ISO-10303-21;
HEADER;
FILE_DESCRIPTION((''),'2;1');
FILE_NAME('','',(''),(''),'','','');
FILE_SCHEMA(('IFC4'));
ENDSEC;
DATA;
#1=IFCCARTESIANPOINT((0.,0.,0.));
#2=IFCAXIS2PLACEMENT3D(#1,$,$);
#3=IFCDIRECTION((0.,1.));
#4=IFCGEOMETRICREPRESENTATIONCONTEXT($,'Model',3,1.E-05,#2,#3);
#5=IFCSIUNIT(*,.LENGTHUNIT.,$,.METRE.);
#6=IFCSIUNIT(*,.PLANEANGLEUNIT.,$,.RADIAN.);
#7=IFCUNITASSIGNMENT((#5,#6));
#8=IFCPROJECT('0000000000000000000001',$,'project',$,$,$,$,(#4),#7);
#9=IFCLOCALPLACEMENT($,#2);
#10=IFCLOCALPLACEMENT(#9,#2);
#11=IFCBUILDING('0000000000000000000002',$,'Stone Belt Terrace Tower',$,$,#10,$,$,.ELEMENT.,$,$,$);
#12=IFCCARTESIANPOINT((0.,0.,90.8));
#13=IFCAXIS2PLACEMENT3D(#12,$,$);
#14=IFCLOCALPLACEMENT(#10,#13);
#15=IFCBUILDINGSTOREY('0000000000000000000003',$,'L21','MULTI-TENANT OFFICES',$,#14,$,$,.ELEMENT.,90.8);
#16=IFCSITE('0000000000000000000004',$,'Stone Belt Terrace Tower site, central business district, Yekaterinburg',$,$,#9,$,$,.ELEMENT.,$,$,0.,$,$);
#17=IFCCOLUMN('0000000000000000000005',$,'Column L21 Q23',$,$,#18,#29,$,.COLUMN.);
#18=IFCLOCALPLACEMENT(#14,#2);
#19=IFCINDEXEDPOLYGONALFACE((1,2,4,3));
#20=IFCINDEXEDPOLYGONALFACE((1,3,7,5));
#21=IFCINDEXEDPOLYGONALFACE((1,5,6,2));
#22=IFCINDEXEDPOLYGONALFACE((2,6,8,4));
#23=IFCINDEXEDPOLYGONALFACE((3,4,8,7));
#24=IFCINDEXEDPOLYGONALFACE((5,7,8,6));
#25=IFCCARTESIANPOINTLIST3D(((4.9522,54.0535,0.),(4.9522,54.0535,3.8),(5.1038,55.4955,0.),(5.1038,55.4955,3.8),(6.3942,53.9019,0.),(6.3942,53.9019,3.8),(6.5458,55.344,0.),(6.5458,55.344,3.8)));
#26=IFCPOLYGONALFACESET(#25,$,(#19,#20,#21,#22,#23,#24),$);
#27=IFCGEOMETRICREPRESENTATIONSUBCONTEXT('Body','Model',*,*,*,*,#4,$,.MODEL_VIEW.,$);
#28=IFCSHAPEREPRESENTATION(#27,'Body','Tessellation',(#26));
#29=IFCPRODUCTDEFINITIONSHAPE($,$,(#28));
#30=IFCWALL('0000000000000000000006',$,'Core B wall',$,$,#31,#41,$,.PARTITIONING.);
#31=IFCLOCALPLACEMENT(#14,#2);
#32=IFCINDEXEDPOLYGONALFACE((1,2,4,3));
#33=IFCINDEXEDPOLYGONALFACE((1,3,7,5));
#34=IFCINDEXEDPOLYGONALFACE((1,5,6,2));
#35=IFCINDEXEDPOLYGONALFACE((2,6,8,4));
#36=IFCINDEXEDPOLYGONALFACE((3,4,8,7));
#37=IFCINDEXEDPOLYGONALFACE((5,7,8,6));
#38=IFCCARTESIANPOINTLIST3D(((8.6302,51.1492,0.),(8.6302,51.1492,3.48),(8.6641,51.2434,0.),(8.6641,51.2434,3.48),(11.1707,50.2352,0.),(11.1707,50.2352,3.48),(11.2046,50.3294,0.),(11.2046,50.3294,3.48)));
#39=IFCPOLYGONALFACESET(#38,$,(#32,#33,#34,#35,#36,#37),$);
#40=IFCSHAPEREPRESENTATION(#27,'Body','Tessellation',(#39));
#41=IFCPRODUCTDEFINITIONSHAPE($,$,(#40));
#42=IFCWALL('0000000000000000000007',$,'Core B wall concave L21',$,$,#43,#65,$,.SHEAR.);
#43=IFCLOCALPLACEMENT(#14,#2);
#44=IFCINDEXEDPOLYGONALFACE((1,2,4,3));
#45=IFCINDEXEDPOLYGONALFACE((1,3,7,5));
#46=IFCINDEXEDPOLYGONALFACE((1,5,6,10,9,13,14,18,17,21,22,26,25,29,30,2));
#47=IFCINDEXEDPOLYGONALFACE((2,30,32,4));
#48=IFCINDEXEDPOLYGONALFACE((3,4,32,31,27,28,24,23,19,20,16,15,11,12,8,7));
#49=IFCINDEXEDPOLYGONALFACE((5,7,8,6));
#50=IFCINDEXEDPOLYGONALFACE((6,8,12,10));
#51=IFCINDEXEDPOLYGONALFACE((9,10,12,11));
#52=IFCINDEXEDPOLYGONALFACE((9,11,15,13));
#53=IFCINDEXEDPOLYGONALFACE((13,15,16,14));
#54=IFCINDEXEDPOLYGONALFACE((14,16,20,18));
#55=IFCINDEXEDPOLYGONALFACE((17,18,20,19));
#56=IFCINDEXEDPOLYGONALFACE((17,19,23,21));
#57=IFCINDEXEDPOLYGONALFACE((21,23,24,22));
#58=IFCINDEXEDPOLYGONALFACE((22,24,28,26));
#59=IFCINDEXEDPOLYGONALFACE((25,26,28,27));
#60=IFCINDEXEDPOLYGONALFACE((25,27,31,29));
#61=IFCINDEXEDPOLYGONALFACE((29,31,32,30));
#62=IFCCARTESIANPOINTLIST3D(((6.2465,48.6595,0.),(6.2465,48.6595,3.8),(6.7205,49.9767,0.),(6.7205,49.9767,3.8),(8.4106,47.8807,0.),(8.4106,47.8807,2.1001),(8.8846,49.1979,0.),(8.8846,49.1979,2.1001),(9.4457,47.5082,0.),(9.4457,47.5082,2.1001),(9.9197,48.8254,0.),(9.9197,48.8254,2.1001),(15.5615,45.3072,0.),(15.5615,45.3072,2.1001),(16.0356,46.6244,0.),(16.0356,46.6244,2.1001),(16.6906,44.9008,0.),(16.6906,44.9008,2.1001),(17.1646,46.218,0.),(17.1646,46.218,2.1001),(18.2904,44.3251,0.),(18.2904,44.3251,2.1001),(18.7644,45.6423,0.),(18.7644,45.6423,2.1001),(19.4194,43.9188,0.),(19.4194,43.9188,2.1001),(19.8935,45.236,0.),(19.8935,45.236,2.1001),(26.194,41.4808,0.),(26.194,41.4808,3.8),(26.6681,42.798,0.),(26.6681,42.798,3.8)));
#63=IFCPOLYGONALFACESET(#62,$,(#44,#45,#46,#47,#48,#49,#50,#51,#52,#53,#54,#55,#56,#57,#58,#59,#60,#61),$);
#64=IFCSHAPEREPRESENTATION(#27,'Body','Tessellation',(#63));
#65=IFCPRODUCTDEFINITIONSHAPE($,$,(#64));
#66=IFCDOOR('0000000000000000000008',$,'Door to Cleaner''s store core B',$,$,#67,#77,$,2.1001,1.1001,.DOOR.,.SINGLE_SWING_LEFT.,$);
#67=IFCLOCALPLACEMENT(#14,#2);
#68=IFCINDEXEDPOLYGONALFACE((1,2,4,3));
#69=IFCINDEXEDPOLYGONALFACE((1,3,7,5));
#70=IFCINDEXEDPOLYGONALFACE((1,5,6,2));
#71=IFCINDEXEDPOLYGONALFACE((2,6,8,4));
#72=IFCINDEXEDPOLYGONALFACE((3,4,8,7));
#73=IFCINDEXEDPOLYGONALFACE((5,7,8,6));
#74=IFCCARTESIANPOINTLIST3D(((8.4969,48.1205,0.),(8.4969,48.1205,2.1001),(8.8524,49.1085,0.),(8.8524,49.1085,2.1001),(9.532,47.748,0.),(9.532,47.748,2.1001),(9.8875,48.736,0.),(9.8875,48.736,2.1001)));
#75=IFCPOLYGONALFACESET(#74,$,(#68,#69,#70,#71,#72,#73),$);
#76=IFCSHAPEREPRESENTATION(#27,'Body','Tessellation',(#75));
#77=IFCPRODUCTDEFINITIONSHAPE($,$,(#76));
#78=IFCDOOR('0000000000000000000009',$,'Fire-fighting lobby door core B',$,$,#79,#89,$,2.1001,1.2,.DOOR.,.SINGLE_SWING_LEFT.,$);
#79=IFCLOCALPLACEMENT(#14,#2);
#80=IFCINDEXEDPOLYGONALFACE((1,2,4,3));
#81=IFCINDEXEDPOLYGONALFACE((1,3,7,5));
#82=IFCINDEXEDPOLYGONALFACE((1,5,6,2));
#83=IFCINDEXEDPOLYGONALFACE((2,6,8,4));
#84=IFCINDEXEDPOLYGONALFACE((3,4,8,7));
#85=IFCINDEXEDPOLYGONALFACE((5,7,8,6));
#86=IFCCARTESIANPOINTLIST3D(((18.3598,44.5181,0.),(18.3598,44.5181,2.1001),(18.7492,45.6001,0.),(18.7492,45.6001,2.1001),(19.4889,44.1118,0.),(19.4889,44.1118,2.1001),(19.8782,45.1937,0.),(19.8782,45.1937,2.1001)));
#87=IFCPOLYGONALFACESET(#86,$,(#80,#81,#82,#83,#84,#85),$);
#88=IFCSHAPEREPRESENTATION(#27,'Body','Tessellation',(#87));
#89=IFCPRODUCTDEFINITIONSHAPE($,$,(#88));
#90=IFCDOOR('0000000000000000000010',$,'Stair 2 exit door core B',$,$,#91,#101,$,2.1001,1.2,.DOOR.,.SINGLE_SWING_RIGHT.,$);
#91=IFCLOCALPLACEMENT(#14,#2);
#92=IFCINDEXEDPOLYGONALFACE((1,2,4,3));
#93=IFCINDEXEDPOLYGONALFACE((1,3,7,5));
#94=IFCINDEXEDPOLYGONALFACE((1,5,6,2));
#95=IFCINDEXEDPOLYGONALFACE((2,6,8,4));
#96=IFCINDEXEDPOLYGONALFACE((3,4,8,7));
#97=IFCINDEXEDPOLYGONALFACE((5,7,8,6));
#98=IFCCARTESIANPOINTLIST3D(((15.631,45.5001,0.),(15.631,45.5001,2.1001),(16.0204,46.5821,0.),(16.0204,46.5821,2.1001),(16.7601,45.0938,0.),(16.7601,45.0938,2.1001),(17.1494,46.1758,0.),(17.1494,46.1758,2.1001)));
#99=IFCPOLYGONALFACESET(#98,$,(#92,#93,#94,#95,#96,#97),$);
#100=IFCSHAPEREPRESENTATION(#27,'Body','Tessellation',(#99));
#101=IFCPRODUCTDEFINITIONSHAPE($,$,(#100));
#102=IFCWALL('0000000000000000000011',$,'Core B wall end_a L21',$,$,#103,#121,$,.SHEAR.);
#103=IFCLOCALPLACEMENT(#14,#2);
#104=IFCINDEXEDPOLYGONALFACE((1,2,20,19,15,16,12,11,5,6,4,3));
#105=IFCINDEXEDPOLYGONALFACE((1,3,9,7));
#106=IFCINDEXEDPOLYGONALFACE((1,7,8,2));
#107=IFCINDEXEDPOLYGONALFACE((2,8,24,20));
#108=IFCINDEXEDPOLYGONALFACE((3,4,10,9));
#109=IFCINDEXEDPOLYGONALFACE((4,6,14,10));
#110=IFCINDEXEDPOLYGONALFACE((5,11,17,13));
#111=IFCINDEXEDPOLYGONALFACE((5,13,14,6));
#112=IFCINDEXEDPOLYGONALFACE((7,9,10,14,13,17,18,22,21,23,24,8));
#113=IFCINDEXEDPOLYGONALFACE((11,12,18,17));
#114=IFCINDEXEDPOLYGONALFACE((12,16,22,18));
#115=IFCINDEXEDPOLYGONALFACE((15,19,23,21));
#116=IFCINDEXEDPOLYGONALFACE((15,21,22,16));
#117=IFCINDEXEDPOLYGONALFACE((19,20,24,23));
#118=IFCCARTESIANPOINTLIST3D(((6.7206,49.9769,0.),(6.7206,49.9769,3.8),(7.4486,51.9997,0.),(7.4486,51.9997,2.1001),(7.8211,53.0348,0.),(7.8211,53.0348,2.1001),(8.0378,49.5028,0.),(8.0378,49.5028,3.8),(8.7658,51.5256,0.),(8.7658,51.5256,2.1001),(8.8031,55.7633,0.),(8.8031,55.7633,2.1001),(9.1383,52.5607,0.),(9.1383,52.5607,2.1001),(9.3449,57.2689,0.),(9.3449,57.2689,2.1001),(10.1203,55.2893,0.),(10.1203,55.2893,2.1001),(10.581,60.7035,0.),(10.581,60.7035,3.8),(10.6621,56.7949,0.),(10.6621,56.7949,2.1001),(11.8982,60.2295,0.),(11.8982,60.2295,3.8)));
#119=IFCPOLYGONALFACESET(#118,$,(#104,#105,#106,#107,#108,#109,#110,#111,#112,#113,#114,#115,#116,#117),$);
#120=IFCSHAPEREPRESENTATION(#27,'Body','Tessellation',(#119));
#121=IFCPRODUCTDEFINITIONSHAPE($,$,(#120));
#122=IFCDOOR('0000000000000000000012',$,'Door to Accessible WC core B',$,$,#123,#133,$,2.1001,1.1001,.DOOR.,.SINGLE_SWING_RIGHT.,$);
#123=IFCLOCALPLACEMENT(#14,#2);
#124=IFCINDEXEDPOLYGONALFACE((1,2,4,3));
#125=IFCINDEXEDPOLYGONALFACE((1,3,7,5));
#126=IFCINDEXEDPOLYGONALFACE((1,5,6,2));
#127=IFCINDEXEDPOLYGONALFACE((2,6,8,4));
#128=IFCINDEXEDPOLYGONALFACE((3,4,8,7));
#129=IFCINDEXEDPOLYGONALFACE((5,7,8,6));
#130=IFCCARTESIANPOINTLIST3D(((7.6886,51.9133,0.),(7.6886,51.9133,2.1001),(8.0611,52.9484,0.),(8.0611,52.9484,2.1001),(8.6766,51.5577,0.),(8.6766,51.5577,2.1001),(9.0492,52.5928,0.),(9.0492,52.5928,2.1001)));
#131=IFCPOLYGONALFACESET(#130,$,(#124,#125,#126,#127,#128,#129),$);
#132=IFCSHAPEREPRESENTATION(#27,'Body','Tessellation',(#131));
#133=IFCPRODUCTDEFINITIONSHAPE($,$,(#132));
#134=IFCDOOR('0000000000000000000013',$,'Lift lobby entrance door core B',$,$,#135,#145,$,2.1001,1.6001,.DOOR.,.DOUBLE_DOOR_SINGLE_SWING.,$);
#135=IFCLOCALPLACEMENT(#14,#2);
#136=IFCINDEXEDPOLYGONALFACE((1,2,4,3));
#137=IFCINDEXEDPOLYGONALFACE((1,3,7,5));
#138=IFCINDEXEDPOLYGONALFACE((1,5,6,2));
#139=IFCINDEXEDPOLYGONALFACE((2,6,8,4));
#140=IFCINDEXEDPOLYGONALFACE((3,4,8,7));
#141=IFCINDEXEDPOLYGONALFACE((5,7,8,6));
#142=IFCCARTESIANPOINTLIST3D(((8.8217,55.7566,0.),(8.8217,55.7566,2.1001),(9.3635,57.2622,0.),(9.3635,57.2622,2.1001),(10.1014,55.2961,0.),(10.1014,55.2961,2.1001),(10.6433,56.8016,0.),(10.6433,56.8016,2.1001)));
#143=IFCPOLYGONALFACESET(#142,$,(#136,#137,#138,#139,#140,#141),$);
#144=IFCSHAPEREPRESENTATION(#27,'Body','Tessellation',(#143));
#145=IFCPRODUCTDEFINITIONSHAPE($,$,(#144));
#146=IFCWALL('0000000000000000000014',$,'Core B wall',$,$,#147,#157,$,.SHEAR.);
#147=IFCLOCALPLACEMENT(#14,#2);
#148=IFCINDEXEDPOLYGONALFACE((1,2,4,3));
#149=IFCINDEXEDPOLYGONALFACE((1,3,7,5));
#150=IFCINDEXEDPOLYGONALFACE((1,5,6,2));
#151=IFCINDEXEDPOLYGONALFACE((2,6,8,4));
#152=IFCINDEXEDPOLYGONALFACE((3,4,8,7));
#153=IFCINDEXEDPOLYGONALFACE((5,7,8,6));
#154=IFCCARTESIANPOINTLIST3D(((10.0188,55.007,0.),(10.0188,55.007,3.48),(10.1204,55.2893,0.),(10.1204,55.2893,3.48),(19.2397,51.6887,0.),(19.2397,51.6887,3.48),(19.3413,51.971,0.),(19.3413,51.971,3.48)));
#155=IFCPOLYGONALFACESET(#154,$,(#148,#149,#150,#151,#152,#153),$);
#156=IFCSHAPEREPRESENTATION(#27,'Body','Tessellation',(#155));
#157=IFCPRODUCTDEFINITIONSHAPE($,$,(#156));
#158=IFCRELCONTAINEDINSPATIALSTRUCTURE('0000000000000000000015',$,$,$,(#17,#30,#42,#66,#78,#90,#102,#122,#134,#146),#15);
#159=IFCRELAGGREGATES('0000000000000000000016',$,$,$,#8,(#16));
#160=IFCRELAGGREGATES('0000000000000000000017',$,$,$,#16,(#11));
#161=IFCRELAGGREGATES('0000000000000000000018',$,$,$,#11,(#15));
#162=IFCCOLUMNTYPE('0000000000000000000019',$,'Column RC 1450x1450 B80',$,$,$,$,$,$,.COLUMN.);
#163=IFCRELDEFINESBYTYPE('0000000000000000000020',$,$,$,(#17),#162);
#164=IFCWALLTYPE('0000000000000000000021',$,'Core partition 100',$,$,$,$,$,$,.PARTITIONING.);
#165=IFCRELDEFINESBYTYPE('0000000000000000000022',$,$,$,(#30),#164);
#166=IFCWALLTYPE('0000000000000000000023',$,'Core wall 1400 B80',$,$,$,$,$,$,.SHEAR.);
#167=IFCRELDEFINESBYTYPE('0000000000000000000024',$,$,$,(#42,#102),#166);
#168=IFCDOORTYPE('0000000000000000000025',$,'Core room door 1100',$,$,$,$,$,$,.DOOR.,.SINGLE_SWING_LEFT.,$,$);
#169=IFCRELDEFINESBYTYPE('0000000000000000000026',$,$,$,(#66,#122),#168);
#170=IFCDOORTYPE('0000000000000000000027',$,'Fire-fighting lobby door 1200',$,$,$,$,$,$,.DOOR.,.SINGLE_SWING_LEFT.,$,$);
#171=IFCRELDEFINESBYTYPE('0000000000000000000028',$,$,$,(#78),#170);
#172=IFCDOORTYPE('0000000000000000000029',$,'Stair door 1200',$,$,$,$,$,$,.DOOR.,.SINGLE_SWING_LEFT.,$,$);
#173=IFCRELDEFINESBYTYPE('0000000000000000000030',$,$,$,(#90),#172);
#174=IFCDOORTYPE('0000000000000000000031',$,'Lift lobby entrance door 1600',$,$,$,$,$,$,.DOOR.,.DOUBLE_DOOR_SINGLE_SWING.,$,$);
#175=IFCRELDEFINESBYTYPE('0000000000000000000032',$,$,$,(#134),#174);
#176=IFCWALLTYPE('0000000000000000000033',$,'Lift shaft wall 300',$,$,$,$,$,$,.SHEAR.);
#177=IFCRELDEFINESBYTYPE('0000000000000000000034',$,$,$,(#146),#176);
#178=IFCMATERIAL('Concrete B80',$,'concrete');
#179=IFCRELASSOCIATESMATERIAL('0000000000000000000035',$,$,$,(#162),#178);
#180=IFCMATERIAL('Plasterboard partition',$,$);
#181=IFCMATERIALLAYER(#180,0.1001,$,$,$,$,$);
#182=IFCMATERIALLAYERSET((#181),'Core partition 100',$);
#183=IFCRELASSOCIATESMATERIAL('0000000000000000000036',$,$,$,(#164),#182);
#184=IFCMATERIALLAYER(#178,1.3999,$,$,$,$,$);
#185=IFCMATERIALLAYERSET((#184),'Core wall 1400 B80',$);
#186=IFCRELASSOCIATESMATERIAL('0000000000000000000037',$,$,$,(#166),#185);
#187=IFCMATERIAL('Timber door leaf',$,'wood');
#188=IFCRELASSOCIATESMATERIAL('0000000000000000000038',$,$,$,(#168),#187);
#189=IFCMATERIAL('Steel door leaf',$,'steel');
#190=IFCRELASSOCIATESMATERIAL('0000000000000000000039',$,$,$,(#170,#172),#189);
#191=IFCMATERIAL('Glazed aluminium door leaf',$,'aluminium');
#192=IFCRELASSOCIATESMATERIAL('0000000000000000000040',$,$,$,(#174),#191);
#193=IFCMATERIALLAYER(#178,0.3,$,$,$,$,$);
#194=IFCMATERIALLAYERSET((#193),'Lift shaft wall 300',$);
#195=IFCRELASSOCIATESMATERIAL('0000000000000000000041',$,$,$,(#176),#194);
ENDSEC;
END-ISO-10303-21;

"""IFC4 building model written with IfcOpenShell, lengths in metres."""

from ifc_helpers import new_model, si_unit, direction, frame, frame_2d, origin, origin_2d, place, context, subcontext, project, spatial, rectangle, extrude, material, layer, layer_set, material_profile, profile_set, type_object, element, fill, save


model = new_model("IFC4")

# Units and contexts
model_context = context("Model", 3, precision=1e-05, world=origin(), true_north=direction((0.0, 1.0)))
body_context = subcontext(model_context, "Body", "Model", "MODEL_VIEW")
ifc_project = project(units=[si_unit("LENGTHUNIT", "METRE"), si_unit("PLANEANGLEUNIT", "RADIAN")], contexts=[model_context])

# Site, building, storey
site_placement = place(None, origin())
site = spatial("IfcSite", under=ifc_project, at=site_placement, Name="Stone Belt Terrace Tower site, central business district, Yekaterinburg", CompositionType="ELEMENT", RefElevation=0.0)
building_placement = place(site_placement, origin())
building = spatial("IfcBuilding", under=site, at=building_placement, Name="Stone Belt Terrace Tower", CompositionType="ELEMENT")
storey_placement = place(building_placement, frame((0.0, 0.0, 90.8)))
storey = spatial("IfcBuildingStorey", under=building, at=storey_placement, Name="L21", Description="MULTI-TENANT OFFICES", CompositionType="ELEMENT", Elevation=90.8)

# Column
ifc_material_1 = material(Name="Concrete B80", Category="concrete")
ifc_material_profile = material_profile(ifc_material_1, rectangle(XDim=1.45, YDim=1.45, at=origin_2d()), Name="RC 1450x1450")
ifc_profile_set = profile_set([ifc_material_profile], Name="Concrete B80")
column_type = type_object("IfcColumnType", Name="Column RC 1450x1450 B80", PredefinedType="COLUMN", material=ifc_profile_set)
column_placement = place(storey_placement, frame((5.749, 54.6987, 0.0), z_axis=(0.0, 0.0, 1.0), x_axis=(0.994522, -0.104528, 0.0)))
element("IfcColumn", 1, at=column_placement, inside=storey, type_object=column_type, Name="Column L21 Q23", PredefinedType="COLUMN", context=body_context, shape_type="SweptSolid", body=[
    extrude(rectangle(XDim=1.45, YDim=1.45, at=origin_2d()), origin(), (0.0, 0.0, 1.0), 3.8),
])

# Wall
ifc_material_2 = material(Name="Plasterboard partition")
ifc_layer_1 = layer(ifc_material_2, 0.1001)
ifc_layer_set_1 = layer_set([ifc_layer_1], Name="Core partition 100")
wall_type_1 = type_object("IfcWallType", Name="Core partition 100", PredefinedType="PARTITIONING", material=ifc_layer_set_1)
wall_1_placement = place(storey_placement, frame((11.1877, 50.2822, 0.0), z_axis=(0.0, 0.0, 1.0), x_axis=(-0.94095, 0.338547, 0.0)))
element("IfcWall", 2, at=wall_1_placement, inside=storey, type_object=wall_type_1, Name="Core B wall", PredefinedType="PARTITIONING", context=body_context, shape_type="SweptSolid", body=[
    extrude(rectangle(XDim=2.7, YDim=0.1001, at=frame_2d((1.3501, 0.0))), origin(), (0.0, 0.0, 1.0), 3.48),
])

# Walls, openings, doors
ifc_layer_2 = layer(ifc_material_1, 1.3999)
ifc_layer_set_2 = layer_set([ifc_layer_2], Name="Core wall 1400 B80")
wall_type_2 = type_object("IfcWallType", Name="Core wall 1400 B80", PredefinedType="SHEAR", material=ifc_layer_set_2)
wall_2_placement = place(storey_placement, frame((6.4834, 49.3181, 0.0), z_axis=(0.0, 0.0, 1.0), x_axis=(0.940923, -0.33862, 0.0)))
wall_2 = element("IfcWall", 3, at=wall_2_placement, inside=storey, type_object=wall_type_2, Name="Core B wall concave L21", PredefinedType="SHEAR", context=body_context, shape_type="SweptSolid", body=[
    extrude(rectangle(XDim=21.2, YDim=1.3999, at=frame_2d((10.6001, 0.0))), origin(), (0.0, 0.0, 1.0), 3.8),
])
opening_1_placement = place(wall_2_placement, frame((12.8, 0.0, 0.0)))
opening_1 = element("IfcOpeningElement", 4, at=opening_1_placement, cuts=wall_2, PredefinedType="OPENING", context=body_context, shape_type="SweptSolid", body=[
    extrude(rectangle(XDim=1.2, YDim=2.1001, at=frame_2d((0.6001, 1.05))), frame((0.0, 0.71, 0.0), z_axis=(0.0, -1.0, 0.0), x_axis=(1.0, 0.0, 0.0)), (0.0, 0.0, 1.0), 1.4199),
])
opening_2_placement = place(wall_2_placement, frame((9.8999, 0.0, 0.0)))
opening_2 = element("IfcOpeningElement", 5, at=opening_2_placement, cuts=wall_2, PredefinedType="OPENING", context=body_context, shape_type="SweptSolid", body=[
    extrude(rectangle(XDim=1.2, YDim=2.1001, at=frame_2d((0.6001, 1.05))), frame((0.0, 0.71, 0.0), z_axis=(0.0, -1.0, 0.0), x_axis=(1.0, 0.0, 0.0)), (0.0, 0.0, 1.0), 1.4199),
])
opening_3_placement = place(wall_2_placement, frame((2.3, 0.0, 0.0)))
opening_3 = element("IfcOpeningElement", 6, at=opening_3_placement, cuts=wall_2, PredefinedType="OPENING", context=body_context, shape_type="SweptSolid", body=[
    extrude(rectangle(XDim=1.1001, YDim=2.1001, at=frame_2d((0.55, 1.05))), frame((0.0, 0.71, 0.0), z_axis=(0.0, -1.0, 0.0), x_axis=(1.0, 0.0, 0.0)), (0.0, 0.0, 1.0), 1.4199),
])
ifc_material_3 = material(Name="Timber door leaf", Category="wood")
door_type_1 = type_object("IfcDoorType", Name="Core room door 1100", OperationType="SINGLE_SWING_LEFT", PredefinedType="DOOR", material=ifc_material_3)
door_1_placement = place(opening_3_placement, origin())
door_1 = element("IfcDoor", 7, at=door_1_placement, inside=storey, type_object=door_type_1, Name="Door to Cleaner's store core B", OperationType="SINGLE_SWING_LEFT", OverallHeight=2.1001, OverallWidth=1.1001, PredefinedType="DOOR", context=body_context, shape_type="SweptSolid", body=[
    extrude(rectangle(XDim=1.1001, YDim=2.1001, at=frame_2d((0.55, 1.05))), frame((0.0, 0.605, 0.0), z_axis=(0.0, -1.0, 0.0), x_axis=(1.0, 0.0, 0.0)), (0.0, 0.0, 1.0), 1.05),
])
fill(opening_3, door_1)
ifc_material_4 = material(Name="Steel door leaf", Category="steel")
door_type_2 = type_object("IfcDoorType", Name="Fire-fighting lobby door 1200", OperationType="SINGLE_SWING_LEFT", PredefinedType="DOOR", material=ifc_material_4)
door_2_placement = place(opening_1_placement, origin())
door_2 = element("IfcDoor", 8, at=door_2_placement, inside=storey, type_object=door_type_2, Name="Fire-fighting lobby door core B", OperationType="SINGLE_SWING_LEFT", OverallHeight=2.1001, OverallWidth=1.2, PredefinedType="DOOR", context=body_context, shape_type="SweptSolid", body=[
    extrude(rectangle(XDim=1.2, YDim=2.1001, at=frame_2d((0.6001, 1.05))), frame((0.0, 0.655, 0.0), z_axis=(0.0, -1.0, 0.0), x_axis=(1.0, 0.0, 0.0)), (0.0, 0.0, 1.0), 1.1499),
])
fill(opening_1, door_2)
door_type_3 = type_object("IfcDoorType", Name="Stair door 1200", OperationType="SINGLE_SWING_LEFT", PredefinedType="DOOR", material=ifc_material_4)
door_3_placement = place(opening_2_placement, origin())
door_3 = element("IfcDoor", 9, at=door_3_placement, inside=storey, type_object=door_type_3, Name="Stair 2 exit door core B", OperationType="SINGLE_SWING_RIGHT", OverallHeight=2.1001, OverallWidth=1.2, PredefinedType="DOOR", context=body_context, shape_type="SweptSolid", body=[
    extrude(rectangle(XDim=1.2, YDim=2.1001, at=frame_2d((0.6001, 1.05))), frame((0.0, 0.655, 0.0), z_axis=(0.0, -1.0, 0.0), x_axis=(1.0, 0.0, 0.0)), (0.0, 0.0, 1.0), 1.1499),
])
fill(opening_2, door_3)
wall_3_placement = place(storey_placement, frame((7.3792, 49.7397, 0.0), z_axis=(0.0, 0.0, 1.0), x_axis=(0.338625, 0.940921, 0.0)))
wall_3 = element("IfcWall", 10, at=wall_3_placement, inside=storey, type_object=wall_type_2, Name="Core B wall end_a L21", PredefinedType="SHEAR", context=body_context, shape_type="SweptSolid", body=[
    extrude(rectangle(XDim=11.4001, YDim=1.3999, at=frame_2d((5.7002, 0.0))), origin(), (0.0, 0.0, 1.0), 3.8),
])
opening_4_placement = place(wall_3_placement, frame((6.1499, 0.0, 0.0)))
opening_4 = element("IfcOpeningElement", 11, at=opening_4_placement, cuts=wall_3, PredefinedType="OPENING", context=body_context, shape_type="SweptSolid", body=[
    extrude(rectangle(XDim=1.6001, YDim=2.1001, at=frame_2d((0.8, 1.05))), frame((0.0, 0.71, 0.0), z_axis=(0.0, -1.0, 0.0), x_axis=(1.0, 0.0, 0.0)), (0.0, 0.0, 1.0), 1.4199),
])
opening_5_placement = place(wall_3_placement, frame((2.1499, 0.0, 0.0)))
opening_5 = element("IfcOpeningElement", 12, at=opening_5_placement, cuts=wall_3, PredefinedType="OPENING", context=body_context, shape_type="SweptSolid", body=[
    extrude(rectangle(XDim=1.1001, YDim=2.1001, at=frame_2d((0.55, 1.05))), frame((0.0, 0.71, 0.0), z_axis=(0.0, -1.0, 0.0), x_axis=(1.0, 0.0, 0.0)), (0.0, 0.0, 1.0), 1.4199),
])
door_4_placement = place(opening_5_placement, origin())
door_4 = element("IfcDoor", 13, at=door_4_placement, inside=storey, type_object=door_type_1, Name="Door to Accessible WC core B", OperationType="SINGLE_SWING_RIGHT", OverallHeight=2.1001, OverallWidth=1.1001, PredefinedType="DOOR", context=body_context, shape_type="SweptSolid", body=[
    extrude(rectangle(XDim=1.1001, YDim=2.1001, at=frame_2d((0.55, 1.05))), frame((0.0, 0.4448, 0.0), z_axis=(0.0, -1.0, 0.0), x_axis=(1.0, 0.0, 0.0)), (0.0, 0.0, 1.0), 1.05),
])
fill(opening_5, door_4)
ifc_material_5 = material(Name="Glazed aluminium door leaf", Category="aluminium")
door_type_4 = type_object("IfcDoorType", Name="Lift lobby entrance door 1600", OperationType="DOUBLE_DOOR_SINGLE_SWING", PredefinedType="DOOR", material=ifc_material_5)
door_5_placement = place(opening_4_placement, origin())
door_5 = element("IfcDoor", 14, at=door_5_placement, inside=storey, type_object=door_type_4, Name="Lift lobby entrance door core B", OperationType="DOUBLE_DOOR_SINGLE_SWING", OverallHeight=2.1001, OverallWidth=1.6001, PredefinedType="DOOR", context=body_context, shape_type="SweptSolid", body=[
    extrude(rectangle(XDim=1.6001, YDim=2.1001, at=frame_2d((0.8, 1.05))), frame((0.0, 0.6802, 0.0), z_axis=(0.0, -1.0, 0.0), x_axis=(1.0, 0.0, 0.0)), (0.0, 0.0, 1.0), 1.3601),
])
fill(opening_4, door_5)

# Wall
ifc_layer_3 = layer(ifc_material_1, 0.3)
ifc_layer_set_3 = layer_set([ifc_layer_3], Name="Lift shaft wall 300")
wall_type_3 = type_object("IfcWallType", Name="Lift shaft wall 300", PredefinedType="SHEAR", material=ifc_layer_set_3)
wall_4_placement = place(storey_placement, frame((19.2905, 51.8298, 0.0), z_axis=(0.0, 0.0, 1.0), x_axis=(-0.940926, 0.338613, 0.0)))
element("IfcWall", 15, at=wall_4_placement, inside=storey, type_object=wall_type_3, Name="Core B wall", PredefinedType="SHEAR", context=body_context, shape_type="SweptSolid", body=[
    extrude(rectangle(XDim=9.7998, YDim=0.3, at=frame_2d((4.8999, 0.0))), origin(), (0.0, 0.0, 1.0), 3.48),
])

save(model, "model.ifc")
